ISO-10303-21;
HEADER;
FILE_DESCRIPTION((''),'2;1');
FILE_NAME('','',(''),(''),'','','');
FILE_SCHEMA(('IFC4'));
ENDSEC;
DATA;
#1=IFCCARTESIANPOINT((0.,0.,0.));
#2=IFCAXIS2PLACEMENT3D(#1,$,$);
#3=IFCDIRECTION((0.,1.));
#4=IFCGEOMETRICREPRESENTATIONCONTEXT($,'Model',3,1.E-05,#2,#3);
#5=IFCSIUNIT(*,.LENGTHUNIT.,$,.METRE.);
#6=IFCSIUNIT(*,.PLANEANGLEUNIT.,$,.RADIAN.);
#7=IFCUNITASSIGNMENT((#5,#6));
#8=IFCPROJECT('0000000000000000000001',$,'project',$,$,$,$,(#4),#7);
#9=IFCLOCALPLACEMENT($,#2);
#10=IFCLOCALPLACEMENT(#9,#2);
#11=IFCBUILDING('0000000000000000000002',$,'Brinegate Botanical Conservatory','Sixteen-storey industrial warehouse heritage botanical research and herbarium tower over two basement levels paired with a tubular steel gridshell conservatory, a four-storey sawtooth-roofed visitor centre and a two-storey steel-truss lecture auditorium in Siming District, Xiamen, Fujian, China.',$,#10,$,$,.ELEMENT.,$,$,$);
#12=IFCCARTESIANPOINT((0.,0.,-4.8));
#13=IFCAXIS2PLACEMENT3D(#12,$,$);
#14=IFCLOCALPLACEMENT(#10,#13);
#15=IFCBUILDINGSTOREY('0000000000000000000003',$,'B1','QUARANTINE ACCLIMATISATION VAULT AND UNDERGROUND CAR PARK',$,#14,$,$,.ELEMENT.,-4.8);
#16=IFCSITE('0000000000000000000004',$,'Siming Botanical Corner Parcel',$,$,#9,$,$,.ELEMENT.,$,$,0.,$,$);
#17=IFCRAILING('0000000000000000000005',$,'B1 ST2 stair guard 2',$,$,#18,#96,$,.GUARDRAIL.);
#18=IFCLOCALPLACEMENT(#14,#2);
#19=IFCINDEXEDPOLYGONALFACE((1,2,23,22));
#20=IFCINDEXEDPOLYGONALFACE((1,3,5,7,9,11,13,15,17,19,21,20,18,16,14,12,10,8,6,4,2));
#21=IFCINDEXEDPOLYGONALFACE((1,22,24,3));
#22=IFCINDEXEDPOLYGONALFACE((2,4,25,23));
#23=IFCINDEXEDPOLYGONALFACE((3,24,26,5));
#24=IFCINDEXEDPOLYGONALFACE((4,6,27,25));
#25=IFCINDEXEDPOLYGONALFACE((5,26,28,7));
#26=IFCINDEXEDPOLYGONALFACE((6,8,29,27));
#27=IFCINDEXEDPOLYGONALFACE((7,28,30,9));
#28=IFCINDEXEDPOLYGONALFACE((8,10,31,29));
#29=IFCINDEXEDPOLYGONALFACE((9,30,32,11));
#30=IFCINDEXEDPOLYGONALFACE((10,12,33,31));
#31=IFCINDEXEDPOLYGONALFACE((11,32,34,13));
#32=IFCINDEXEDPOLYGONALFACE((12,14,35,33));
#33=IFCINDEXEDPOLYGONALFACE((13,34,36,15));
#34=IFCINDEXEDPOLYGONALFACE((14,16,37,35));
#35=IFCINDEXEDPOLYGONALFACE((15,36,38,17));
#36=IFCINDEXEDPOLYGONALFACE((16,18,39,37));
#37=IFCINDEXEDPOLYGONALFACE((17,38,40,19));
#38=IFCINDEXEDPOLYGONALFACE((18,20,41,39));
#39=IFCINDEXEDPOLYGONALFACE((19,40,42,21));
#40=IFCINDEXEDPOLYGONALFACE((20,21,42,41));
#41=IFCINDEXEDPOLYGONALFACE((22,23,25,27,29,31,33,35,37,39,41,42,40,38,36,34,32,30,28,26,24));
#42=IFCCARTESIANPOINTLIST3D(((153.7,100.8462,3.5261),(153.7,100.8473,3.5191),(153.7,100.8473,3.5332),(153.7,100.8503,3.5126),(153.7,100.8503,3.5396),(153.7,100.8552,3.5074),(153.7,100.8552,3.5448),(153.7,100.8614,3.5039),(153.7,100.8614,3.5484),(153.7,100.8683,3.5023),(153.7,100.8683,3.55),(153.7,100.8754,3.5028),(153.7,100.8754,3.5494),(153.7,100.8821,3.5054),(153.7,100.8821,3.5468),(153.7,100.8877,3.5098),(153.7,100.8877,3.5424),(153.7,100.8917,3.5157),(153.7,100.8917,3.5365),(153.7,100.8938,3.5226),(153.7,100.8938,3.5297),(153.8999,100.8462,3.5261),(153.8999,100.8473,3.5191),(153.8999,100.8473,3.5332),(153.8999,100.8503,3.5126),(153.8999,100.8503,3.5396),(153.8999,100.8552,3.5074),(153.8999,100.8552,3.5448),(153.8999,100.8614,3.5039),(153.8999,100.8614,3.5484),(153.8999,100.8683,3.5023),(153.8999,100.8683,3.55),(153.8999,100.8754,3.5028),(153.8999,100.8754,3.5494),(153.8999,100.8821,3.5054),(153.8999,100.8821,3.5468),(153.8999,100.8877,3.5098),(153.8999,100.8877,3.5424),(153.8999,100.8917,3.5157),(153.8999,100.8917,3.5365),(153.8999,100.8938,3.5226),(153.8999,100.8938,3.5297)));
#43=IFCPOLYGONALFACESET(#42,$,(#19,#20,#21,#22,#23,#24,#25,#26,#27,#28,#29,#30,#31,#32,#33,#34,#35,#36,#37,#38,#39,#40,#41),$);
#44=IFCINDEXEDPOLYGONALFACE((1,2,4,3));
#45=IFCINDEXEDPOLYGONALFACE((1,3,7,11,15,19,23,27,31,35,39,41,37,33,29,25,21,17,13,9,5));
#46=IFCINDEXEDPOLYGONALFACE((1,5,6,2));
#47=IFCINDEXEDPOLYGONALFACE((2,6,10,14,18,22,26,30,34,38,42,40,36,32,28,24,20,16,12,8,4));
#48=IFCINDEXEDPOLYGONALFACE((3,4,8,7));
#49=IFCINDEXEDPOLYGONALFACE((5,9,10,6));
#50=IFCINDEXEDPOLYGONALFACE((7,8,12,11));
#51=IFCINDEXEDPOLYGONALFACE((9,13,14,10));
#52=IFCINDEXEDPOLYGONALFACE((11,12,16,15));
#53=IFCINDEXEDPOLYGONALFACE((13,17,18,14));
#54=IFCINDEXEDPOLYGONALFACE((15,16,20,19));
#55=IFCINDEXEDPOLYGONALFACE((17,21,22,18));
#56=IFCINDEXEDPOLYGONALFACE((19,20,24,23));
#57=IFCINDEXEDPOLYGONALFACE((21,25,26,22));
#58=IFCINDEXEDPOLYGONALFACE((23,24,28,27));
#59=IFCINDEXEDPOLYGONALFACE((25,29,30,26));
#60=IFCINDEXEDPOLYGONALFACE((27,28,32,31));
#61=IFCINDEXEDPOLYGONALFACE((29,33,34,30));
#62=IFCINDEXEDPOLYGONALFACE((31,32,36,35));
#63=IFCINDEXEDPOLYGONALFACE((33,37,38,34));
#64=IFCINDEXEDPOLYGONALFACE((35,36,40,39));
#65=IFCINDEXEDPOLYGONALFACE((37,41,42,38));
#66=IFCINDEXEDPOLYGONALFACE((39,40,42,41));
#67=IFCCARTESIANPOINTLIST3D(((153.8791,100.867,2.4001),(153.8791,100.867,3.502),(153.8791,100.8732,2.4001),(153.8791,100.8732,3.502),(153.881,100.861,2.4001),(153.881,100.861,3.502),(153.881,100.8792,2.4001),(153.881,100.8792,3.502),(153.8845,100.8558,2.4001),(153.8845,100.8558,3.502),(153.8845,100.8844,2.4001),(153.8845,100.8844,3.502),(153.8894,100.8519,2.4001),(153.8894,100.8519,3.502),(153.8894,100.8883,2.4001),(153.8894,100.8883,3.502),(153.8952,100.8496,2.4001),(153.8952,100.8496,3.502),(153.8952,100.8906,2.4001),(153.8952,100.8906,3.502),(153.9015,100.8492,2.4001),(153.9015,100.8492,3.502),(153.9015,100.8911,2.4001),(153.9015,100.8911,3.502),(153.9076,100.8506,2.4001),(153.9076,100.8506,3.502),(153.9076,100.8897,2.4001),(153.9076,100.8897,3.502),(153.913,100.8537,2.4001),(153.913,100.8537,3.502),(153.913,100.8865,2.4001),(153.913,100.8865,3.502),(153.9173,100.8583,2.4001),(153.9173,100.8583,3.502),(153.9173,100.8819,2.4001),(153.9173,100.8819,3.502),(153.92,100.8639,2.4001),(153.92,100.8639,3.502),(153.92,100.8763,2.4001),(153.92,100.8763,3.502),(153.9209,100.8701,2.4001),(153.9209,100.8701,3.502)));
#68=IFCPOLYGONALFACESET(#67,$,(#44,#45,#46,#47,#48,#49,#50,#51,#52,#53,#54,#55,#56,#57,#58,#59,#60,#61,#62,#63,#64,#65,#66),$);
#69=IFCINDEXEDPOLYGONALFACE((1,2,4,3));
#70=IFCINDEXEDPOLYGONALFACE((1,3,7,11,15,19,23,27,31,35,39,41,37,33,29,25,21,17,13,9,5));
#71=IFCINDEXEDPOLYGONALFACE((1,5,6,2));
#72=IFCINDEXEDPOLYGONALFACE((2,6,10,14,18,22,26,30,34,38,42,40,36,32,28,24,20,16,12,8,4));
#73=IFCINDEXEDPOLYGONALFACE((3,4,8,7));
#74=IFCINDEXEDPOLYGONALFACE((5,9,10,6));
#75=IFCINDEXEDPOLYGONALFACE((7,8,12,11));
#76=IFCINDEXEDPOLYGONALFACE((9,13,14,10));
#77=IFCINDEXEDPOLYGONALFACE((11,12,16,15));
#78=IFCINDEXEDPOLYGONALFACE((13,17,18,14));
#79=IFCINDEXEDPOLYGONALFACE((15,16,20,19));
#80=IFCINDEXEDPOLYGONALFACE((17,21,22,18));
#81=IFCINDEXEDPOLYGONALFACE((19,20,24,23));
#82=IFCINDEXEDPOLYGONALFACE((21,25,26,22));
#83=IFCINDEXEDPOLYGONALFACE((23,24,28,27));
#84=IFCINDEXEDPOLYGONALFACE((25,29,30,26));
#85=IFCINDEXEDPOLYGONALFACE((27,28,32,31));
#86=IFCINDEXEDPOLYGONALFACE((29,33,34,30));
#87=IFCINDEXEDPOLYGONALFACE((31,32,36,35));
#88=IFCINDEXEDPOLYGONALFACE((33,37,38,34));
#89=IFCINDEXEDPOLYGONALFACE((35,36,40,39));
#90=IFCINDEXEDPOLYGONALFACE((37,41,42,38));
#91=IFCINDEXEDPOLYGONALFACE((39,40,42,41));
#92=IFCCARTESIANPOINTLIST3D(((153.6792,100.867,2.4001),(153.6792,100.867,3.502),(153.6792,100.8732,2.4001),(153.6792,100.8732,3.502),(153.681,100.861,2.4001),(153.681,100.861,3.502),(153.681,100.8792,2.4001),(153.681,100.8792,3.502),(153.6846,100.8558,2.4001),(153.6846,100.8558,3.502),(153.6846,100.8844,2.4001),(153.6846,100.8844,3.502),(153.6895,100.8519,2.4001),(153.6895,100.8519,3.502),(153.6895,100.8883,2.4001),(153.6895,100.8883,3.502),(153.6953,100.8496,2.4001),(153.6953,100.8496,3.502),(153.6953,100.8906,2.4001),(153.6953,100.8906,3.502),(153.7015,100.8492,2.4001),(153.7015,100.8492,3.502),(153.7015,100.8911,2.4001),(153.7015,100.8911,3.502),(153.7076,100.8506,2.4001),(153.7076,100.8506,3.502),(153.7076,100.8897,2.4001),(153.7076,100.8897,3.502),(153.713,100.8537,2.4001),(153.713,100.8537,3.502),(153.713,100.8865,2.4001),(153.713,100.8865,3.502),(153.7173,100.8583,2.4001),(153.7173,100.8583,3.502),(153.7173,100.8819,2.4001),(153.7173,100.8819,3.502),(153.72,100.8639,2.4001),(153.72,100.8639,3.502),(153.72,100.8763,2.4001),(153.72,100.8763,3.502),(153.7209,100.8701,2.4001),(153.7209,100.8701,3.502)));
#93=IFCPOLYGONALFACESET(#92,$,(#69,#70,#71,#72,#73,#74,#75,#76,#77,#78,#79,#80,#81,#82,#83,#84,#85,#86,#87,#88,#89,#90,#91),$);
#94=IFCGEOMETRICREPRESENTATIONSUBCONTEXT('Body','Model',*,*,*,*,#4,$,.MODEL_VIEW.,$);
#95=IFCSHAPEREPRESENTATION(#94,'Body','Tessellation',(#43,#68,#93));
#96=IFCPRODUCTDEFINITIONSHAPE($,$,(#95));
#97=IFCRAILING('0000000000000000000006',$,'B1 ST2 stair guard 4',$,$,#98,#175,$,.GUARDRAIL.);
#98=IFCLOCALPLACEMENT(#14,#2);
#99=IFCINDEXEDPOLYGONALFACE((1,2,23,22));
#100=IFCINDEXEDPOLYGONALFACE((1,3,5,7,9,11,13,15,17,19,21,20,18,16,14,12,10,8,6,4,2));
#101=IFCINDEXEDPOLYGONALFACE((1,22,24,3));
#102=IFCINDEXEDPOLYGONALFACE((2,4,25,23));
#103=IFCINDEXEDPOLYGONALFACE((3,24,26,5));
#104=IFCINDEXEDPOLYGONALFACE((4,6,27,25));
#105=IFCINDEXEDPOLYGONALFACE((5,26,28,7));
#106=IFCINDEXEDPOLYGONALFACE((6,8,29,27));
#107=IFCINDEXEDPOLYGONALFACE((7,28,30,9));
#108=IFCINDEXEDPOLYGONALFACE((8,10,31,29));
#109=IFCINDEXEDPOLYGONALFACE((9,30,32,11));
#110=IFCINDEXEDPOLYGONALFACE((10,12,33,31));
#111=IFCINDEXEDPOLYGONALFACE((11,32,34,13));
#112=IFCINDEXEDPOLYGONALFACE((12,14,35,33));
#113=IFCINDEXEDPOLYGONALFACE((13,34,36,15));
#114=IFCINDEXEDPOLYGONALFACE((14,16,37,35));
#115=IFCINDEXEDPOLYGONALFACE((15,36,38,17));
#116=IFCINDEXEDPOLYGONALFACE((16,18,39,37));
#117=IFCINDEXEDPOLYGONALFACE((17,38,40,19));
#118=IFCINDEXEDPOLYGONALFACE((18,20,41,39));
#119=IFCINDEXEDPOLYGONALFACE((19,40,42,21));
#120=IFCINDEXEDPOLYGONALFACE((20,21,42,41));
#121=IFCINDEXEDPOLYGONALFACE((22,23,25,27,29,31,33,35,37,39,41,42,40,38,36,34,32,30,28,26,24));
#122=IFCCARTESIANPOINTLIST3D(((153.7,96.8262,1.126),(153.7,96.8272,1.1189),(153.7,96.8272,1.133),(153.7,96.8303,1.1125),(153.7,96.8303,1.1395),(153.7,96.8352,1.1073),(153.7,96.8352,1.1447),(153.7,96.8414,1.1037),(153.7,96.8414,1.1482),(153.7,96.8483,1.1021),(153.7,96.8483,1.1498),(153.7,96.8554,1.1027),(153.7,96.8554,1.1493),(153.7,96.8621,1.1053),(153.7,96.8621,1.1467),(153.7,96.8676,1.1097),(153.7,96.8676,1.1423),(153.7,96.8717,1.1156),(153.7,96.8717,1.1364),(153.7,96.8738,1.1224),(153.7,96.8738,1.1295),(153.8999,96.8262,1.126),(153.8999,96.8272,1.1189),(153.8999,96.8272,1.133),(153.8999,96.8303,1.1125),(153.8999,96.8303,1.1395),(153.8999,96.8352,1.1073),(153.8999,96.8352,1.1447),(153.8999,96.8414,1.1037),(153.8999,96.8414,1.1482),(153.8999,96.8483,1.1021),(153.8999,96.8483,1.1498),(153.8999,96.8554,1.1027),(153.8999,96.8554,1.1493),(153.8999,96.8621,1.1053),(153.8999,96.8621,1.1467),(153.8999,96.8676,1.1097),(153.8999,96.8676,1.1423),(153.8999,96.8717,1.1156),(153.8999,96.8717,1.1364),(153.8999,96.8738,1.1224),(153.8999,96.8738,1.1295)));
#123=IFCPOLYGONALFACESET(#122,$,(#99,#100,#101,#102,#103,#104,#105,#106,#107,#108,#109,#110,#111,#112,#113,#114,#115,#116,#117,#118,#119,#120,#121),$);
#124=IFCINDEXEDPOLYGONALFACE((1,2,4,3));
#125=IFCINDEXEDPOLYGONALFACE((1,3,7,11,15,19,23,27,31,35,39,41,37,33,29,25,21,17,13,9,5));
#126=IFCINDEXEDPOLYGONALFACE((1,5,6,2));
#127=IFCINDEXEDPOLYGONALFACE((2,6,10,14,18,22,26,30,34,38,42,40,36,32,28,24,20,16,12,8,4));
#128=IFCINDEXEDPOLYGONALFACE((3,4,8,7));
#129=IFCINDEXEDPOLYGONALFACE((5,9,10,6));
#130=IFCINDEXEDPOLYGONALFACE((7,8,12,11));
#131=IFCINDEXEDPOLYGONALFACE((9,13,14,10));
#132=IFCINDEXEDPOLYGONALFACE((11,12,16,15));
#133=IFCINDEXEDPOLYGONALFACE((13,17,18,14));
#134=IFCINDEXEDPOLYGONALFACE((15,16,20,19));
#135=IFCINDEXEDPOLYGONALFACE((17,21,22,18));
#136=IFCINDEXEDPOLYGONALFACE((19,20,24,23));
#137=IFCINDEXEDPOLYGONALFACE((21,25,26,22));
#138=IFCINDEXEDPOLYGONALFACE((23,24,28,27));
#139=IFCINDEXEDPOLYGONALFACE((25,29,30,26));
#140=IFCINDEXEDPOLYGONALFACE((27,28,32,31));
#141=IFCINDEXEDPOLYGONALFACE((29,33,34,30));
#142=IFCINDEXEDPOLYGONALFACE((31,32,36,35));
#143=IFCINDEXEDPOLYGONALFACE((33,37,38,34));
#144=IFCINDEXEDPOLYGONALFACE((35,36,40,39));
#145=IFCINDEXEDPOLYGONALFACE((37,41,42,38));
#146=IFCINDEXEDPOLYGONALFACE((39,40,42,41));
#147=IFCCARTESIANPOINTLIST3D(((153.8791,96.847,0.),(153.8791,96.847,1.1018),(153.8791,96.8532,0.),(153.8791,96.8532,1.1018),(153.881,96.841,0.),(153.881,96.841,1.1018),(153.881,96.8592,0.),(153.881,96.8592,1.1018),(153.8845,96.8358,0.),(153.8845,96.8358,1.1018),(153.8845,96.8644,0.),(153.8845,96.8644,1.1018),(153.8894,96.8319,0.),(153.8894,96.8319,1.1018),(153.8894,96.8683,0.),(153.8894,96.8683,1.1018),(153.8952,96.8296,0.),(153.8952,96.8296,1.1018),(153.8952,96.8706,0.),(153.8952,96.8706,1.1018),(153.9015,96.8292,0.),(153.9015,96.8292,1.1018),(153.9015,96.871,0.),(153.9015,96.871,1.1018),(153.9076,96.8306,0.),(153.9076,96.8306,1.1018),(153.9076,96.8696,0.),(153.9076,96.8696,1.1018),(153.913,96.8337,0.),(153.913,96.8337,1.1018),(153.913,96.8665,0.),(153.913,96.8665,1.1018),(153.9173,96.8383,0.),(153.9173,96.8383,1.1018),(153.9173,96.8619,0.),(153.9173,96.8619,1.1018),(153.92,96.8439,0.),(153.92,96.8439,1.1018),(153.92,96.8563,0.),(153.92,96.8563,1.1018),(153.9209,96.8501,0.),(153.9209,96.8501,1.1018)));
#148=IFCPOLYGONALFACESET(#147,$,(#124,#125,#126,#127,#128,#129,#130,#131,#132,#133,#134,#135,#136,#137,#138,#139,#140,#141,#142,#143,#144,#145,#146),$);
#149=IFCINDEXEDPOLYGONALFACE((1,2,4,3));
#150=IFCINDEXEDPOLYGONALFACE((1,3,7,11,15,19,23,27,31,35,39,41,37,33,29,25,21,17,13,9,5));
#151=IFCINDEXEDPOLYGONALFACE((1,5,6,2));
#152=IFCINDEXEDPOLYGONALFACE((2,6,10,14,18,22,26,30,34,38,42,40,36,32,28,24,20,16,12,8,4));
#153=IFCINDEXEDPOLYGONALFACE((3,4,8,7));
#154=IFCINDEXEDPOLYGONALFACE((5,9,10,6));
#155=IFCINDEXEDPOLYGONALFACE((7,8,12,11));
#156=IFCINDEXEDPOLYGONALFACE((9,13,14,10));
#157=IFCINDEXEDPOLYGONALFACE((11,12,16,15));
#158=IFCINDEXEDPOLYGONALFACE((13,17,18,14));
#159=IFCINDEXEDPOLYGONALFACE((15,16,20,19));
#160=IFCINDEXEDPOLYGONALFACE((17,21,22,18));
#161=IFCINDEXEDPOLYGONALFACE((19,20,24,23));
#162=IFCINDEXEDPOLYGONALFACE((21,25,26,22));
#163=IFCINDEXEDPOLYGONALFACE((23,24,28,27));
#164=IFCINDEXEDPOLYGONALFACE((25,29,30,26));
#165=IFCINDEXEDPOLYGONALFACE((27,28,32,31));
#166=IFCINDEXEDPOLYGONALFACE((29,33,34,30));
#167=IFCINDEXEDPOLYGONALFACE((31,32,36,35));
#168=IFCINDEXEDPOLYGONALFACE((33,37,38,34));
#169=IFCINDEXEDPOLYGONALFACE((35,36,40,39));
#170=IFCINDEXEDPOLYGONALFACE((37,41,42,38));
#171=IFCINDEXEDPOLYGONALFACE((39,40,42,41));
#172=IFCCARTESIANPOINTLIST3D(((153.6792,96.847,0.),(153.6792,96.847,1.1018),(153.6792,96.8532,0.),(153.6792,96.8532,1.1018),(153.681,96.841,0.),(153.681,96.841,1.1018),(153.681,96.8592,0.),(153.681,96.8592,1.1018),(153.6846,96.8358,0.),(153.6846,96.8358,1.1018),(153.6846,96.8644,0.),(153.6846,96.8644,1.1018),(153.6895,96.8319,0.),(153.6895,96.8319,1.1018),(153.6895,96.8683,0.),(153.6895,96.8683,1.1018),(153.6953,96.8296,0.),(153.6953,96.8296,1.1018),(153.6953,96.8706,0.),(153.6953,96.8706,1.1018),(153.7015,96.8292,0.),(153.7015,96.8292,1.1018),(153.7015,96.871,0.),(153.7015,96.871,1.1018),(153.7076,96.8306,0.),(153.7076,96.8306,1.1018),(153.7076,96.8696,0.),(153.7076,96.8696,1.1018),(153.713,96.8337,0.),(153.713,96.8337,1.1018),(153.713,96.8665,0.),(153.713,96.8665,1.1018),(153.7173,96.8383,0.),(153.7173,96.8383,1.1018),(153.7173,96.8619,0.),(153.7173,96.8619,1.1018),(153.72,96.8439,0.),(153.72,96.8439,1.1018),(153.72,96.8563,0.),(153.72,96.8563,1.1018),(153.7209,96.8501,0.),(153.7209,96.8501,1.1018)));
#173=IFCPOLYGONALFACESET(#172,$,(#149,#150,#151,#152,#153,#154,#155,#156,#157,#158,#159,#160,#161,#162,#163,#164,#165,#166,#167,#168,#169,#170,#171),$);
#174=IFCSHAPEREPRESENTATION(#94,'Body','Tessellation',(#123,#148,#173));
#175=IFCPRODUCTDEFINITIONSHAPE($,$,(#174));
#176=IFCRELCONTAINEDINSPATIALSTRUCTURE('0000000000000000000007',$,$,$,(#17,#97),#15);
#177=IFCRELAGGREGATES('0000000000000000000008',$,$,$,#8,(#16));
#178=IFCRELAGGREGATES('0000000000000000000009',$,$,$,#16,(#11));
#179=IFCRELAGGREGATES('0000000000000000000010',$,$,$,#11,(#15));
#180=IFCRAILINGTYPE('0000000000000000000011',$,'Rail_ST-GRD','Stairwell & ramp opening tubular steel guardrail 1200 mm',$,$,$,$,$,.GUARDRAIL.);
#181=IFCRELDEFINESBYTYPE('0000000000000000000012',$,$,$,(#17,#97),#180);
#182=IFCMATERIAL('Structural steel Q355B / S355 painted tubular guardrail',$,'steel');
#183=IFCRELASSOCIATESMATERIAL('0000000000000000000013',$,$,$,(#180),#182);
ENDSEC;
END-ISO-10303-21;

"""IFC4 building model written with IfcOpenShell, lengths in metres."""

from ifc_helpers import new_model, si_unit, direction, frame, origin, origin_2d, place, context, subcontext, project, spatial, circle, extrude, material, type_object, element, save


model = new_model("IFC4")

# Units and contexts
model_context = context("Model", 3, precision=1e-05, world=origin(), true_north=direction((0.0, 1.0)))
body_context = subcontext(model_context, "Body", "Model", "MODEL_VIEW")
ifc_project = project(units=[si_unit("LENGTHUNIT", "METRE"), si_unit("PLANEANGLEUNIT", "RADIAN")], contexts=[model_context])

# Site, building, storey
site_placement = place(None, origin())
site = spatial("IfcSite", under=ifc_project, at=site_placement, Name="Siming Botanical Corner Parcel", CompositionType="ELEMENT", RefElevation=0.0)
building_placement = place(site_placement, origin())
building = spatial("IfcBuilding", under=site, at=building_placement, Name="Brinegate Botanical Conservatory", Description="Sixteen-storey industrial warehouse heritage botanical research and herbarium tower over two basement levels paired with a tubular steel gridshell conservatory, a four-storey sawtooth-roofed visitor centre and a two-storey steel-truss lecture auditorium in Siming District, Xiamen, Fujian, China.", CompositionType="ELEMENT")
storey_placement = place(building_placement, frame((0.0, 0.0, -4.8)))
storey = spatial("IfcBuildingStorey", under=building, at=storey_placement, Name="B1", Description="QUARANTINE ACCLIMATISATION VAULT AND UNDERGROUND CAR PARK", CompositionType="ELEMENT", Elevation=-4.8)

# Railings
ifc_material_1 = material(Name="Structural steel Q355B / S355 painted tubular guardrail", Category="steel")
railing_type_1 = type_object("IfcRailingType", Name="Rail_ST-GRD", Description="Stairwell & ramp opening tubular steel guardrail 1200 mm", PredefinedType="GUARDRAIL", material=ifc_material_1)
for number, where, name in (
    (1, (153.8999, 100.8701, 2.4001), "B1 ST2 stair guard 2"),
    (2, (153.8999, 96.8501, 0.0), "B1 ST2 stair guard 4"),
):
    element("IfcRailing", number, at=place(storey_placement, frame(where)), inside=storey, type_object=railing_type_1, Name=name, PredefinedType="GUARDRAIL", context=body_context, shape_type="SweptSolid", body=[
        extrude(circle(Radius=0.0239, at=origin_2d()), frame((0.0, 0.0, 1.126), z_axis=(-1.0, 0.0, 0.0), x_axis=(0.0, -1.0, 0.0)), (0.0, 0.0, 1.0), 0.2),
        extrude(circle(Radius=0.021, at=origin_2d()), origin(), (0.0, 0.0, 1.0), 1.1018),
        extrude(circle(Radius=0.021, at=origin_2d()), frame((-0.2, 0.0, 0.0)), (0.0, 0.0, 1.0), 1.1018),
    ])

save(model, "model.ifc")
